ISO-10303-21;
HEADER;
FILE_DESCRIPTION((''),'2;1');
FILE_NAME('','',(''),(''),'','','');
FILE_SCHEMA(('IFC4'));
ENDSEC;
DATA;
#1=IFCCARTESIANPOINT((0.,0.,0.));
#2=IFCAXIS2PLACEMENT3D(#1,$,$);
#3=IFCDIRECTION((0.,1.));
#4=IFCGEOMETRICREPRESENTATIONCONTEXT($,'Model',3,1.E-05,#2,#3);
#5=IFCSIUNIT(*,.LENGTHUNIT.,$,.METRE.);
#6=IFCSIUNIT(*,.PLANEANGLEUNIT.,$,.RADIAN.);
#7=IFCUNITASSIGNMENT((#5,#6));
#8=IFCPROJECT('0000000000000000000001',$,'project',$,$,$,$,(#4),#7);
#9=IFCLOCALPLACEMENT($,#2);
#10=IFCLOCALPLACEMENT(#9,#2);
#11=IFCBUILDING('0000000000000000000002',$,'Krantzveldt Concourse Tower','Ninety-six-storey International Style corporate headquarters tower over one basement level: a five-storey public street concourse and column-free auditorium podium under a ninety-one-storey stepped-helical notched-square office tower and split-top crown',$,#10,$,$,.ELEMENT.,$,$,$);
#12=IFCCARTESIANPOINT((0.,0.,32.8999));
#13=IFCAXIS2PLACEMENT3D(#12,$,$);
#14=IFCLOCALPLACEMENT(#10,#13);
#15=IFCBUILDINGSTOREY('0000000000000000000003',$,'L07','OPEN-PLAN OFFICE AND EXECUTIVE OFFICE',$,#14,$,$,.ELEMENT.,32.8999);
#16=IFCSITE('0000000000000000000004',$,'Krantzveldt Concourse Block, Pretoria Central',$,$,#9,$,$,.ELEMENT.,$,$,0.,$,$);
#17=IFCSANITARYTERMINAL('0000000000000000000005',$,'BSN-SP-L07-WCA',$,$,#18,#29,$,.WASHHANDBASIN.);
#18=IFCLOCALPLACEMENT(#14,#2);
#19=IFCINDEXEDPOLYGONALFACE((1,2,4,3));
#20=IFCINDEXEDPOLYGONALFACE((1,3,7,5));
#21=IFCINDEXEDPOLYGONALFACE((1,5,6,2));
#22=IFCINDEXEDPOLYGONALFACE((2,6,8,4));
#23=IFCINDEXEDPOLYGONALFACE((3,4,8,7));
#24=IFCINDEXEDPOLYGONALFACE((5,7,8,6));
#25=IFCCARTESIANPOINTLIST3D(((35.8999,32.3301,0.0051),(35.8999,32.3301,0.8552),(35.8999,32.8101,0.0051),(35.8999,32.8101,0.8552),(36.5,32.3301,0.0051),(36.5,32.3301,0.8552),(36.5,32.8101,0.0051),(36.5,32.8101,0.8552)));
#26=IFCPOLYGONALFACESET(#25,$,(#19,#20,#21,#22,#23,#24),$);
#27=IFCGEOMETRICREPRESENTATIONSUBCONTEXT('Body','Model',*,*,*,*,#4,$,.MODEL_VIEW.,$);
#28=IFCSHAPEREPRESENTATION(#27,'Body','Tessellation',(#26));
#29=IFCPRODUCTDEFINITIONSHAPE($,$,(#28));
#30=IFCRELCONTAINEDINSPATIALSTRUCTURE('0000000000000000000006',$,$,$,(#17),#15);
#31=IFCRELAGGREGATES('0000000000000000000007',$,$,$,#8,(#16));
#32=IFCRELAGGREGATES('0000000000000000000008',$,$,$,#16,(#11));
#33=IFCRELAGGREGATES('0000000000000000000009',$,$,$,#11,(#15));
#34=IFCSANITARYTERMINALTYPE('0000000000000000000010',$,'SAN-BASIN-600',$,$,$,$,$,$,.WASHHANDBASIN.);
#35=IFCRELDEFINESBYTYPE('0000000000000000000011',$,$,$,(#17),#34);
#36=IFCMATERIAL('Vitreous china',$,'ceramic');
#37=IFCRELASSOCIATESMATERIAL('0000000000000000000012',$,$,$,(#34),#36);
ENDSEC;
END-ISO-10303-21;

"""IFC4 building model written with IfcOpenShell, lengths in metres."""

from ifc_helpers import new_model, si_unit, direction, frame, origin, origin_2d, place, context, subcontext, project, spatial, rectangle, extrude, source, transform, mapped, material, type_object, type_shapes, element, save


model = new_model("IFC4")

# Units and contexts
model_context = context("Model", 3, precision=1e-05, world=origin(), true_north=direction((0.0, 1.0)))
body_context = subcontext(model_context, "Body", "Model", "MODEL_VIEW")
ifc_project = project(units=[si_unit("LENGTHUNIT", "METRE"), si_unit("PLANEANGLEUNIT", "RADIAN")], contexts=[model_context])

# Site, building, storey
site_placement = place(None, origin())
site = spatial("IfcSite", under=ifc_project, at=site_placement, Name="Krantzveldt Concourse Block, Pretoria Central", CompositionType="ELEMENT", RefElevation=0.0)
building_placement = place(site_placement, origin())
building = spatial("IfcBuilding", under=site, at=building_placement, Name="Krantzveldt Concourse Tower", Description="Ninety-six-storey International Style corporate headquarters tower over one basement level: a five-storey public street concourse and column-free auditorium podium under a ninety-one-storey stepped-helical notched-square office tower and split-top crown", CompositionType="ELEMENT")
storey_placement = place(building_placement, frame((0.0, 0.0, 32.8999)))
storey = spatial("IfcBuildingStorey", under=building, at=storey_placement, Name="L07", Description="OPEN-PLAN OFFICE AND EXECUTIVE OFFICE", CompositionType="ELEMENT", Elevation=32.8999)

# Sanitary terminal
ifc_material_1 = material(Name="Vitreous china", Category="ceramic")
sanitary_terminal_type_1 = type_object("IfcSanitaryTerminalType", Name="SAN-BASIN-600", PredefinedType="WASHHANDBASIN", material=ifc_material_1)
shared_shape_1 = source(origin(), body_context, "Body", "SweptSolid", [
    extrude(rectangle(XDim=0.6001, YDim=0.48, at=origin_2d()), origin(), (0.0, 0.0, 1.0), 0.8501),
])
type_shapes(sanitary_terminal_type_1, [shared_shape_1])
for number, where, z_axis, x_axis, name in (
    (1, (36.2, 32.5701, 0.0051), (0.0, 0.0, 1.0), (1.0, 0.0, 0.0), "BSN-SP-L07-WCA"),
):
    element("IfcSanitaryTerminal", number, at=place(storey_placement, frame(where, z_axis=z_axis, x_axis=x_axis)), inside=storey, type_object=sanitary_terminal_type_1, Name=name, PredefinedType="WASHHANDBASIN", context=body_context, shape_type="MappedRepresentation", body=[
        mapped(shared_shape_1, transform((0.0, 0.0, 0.0), x_axis=(1.0, 0.0, 0.0), y_axis=(0.0, 1.0, 0.0), z_axis=(0.0, 0.0, 1.0), scale=1.0)),
    ])

save(model, "model.ifc")
